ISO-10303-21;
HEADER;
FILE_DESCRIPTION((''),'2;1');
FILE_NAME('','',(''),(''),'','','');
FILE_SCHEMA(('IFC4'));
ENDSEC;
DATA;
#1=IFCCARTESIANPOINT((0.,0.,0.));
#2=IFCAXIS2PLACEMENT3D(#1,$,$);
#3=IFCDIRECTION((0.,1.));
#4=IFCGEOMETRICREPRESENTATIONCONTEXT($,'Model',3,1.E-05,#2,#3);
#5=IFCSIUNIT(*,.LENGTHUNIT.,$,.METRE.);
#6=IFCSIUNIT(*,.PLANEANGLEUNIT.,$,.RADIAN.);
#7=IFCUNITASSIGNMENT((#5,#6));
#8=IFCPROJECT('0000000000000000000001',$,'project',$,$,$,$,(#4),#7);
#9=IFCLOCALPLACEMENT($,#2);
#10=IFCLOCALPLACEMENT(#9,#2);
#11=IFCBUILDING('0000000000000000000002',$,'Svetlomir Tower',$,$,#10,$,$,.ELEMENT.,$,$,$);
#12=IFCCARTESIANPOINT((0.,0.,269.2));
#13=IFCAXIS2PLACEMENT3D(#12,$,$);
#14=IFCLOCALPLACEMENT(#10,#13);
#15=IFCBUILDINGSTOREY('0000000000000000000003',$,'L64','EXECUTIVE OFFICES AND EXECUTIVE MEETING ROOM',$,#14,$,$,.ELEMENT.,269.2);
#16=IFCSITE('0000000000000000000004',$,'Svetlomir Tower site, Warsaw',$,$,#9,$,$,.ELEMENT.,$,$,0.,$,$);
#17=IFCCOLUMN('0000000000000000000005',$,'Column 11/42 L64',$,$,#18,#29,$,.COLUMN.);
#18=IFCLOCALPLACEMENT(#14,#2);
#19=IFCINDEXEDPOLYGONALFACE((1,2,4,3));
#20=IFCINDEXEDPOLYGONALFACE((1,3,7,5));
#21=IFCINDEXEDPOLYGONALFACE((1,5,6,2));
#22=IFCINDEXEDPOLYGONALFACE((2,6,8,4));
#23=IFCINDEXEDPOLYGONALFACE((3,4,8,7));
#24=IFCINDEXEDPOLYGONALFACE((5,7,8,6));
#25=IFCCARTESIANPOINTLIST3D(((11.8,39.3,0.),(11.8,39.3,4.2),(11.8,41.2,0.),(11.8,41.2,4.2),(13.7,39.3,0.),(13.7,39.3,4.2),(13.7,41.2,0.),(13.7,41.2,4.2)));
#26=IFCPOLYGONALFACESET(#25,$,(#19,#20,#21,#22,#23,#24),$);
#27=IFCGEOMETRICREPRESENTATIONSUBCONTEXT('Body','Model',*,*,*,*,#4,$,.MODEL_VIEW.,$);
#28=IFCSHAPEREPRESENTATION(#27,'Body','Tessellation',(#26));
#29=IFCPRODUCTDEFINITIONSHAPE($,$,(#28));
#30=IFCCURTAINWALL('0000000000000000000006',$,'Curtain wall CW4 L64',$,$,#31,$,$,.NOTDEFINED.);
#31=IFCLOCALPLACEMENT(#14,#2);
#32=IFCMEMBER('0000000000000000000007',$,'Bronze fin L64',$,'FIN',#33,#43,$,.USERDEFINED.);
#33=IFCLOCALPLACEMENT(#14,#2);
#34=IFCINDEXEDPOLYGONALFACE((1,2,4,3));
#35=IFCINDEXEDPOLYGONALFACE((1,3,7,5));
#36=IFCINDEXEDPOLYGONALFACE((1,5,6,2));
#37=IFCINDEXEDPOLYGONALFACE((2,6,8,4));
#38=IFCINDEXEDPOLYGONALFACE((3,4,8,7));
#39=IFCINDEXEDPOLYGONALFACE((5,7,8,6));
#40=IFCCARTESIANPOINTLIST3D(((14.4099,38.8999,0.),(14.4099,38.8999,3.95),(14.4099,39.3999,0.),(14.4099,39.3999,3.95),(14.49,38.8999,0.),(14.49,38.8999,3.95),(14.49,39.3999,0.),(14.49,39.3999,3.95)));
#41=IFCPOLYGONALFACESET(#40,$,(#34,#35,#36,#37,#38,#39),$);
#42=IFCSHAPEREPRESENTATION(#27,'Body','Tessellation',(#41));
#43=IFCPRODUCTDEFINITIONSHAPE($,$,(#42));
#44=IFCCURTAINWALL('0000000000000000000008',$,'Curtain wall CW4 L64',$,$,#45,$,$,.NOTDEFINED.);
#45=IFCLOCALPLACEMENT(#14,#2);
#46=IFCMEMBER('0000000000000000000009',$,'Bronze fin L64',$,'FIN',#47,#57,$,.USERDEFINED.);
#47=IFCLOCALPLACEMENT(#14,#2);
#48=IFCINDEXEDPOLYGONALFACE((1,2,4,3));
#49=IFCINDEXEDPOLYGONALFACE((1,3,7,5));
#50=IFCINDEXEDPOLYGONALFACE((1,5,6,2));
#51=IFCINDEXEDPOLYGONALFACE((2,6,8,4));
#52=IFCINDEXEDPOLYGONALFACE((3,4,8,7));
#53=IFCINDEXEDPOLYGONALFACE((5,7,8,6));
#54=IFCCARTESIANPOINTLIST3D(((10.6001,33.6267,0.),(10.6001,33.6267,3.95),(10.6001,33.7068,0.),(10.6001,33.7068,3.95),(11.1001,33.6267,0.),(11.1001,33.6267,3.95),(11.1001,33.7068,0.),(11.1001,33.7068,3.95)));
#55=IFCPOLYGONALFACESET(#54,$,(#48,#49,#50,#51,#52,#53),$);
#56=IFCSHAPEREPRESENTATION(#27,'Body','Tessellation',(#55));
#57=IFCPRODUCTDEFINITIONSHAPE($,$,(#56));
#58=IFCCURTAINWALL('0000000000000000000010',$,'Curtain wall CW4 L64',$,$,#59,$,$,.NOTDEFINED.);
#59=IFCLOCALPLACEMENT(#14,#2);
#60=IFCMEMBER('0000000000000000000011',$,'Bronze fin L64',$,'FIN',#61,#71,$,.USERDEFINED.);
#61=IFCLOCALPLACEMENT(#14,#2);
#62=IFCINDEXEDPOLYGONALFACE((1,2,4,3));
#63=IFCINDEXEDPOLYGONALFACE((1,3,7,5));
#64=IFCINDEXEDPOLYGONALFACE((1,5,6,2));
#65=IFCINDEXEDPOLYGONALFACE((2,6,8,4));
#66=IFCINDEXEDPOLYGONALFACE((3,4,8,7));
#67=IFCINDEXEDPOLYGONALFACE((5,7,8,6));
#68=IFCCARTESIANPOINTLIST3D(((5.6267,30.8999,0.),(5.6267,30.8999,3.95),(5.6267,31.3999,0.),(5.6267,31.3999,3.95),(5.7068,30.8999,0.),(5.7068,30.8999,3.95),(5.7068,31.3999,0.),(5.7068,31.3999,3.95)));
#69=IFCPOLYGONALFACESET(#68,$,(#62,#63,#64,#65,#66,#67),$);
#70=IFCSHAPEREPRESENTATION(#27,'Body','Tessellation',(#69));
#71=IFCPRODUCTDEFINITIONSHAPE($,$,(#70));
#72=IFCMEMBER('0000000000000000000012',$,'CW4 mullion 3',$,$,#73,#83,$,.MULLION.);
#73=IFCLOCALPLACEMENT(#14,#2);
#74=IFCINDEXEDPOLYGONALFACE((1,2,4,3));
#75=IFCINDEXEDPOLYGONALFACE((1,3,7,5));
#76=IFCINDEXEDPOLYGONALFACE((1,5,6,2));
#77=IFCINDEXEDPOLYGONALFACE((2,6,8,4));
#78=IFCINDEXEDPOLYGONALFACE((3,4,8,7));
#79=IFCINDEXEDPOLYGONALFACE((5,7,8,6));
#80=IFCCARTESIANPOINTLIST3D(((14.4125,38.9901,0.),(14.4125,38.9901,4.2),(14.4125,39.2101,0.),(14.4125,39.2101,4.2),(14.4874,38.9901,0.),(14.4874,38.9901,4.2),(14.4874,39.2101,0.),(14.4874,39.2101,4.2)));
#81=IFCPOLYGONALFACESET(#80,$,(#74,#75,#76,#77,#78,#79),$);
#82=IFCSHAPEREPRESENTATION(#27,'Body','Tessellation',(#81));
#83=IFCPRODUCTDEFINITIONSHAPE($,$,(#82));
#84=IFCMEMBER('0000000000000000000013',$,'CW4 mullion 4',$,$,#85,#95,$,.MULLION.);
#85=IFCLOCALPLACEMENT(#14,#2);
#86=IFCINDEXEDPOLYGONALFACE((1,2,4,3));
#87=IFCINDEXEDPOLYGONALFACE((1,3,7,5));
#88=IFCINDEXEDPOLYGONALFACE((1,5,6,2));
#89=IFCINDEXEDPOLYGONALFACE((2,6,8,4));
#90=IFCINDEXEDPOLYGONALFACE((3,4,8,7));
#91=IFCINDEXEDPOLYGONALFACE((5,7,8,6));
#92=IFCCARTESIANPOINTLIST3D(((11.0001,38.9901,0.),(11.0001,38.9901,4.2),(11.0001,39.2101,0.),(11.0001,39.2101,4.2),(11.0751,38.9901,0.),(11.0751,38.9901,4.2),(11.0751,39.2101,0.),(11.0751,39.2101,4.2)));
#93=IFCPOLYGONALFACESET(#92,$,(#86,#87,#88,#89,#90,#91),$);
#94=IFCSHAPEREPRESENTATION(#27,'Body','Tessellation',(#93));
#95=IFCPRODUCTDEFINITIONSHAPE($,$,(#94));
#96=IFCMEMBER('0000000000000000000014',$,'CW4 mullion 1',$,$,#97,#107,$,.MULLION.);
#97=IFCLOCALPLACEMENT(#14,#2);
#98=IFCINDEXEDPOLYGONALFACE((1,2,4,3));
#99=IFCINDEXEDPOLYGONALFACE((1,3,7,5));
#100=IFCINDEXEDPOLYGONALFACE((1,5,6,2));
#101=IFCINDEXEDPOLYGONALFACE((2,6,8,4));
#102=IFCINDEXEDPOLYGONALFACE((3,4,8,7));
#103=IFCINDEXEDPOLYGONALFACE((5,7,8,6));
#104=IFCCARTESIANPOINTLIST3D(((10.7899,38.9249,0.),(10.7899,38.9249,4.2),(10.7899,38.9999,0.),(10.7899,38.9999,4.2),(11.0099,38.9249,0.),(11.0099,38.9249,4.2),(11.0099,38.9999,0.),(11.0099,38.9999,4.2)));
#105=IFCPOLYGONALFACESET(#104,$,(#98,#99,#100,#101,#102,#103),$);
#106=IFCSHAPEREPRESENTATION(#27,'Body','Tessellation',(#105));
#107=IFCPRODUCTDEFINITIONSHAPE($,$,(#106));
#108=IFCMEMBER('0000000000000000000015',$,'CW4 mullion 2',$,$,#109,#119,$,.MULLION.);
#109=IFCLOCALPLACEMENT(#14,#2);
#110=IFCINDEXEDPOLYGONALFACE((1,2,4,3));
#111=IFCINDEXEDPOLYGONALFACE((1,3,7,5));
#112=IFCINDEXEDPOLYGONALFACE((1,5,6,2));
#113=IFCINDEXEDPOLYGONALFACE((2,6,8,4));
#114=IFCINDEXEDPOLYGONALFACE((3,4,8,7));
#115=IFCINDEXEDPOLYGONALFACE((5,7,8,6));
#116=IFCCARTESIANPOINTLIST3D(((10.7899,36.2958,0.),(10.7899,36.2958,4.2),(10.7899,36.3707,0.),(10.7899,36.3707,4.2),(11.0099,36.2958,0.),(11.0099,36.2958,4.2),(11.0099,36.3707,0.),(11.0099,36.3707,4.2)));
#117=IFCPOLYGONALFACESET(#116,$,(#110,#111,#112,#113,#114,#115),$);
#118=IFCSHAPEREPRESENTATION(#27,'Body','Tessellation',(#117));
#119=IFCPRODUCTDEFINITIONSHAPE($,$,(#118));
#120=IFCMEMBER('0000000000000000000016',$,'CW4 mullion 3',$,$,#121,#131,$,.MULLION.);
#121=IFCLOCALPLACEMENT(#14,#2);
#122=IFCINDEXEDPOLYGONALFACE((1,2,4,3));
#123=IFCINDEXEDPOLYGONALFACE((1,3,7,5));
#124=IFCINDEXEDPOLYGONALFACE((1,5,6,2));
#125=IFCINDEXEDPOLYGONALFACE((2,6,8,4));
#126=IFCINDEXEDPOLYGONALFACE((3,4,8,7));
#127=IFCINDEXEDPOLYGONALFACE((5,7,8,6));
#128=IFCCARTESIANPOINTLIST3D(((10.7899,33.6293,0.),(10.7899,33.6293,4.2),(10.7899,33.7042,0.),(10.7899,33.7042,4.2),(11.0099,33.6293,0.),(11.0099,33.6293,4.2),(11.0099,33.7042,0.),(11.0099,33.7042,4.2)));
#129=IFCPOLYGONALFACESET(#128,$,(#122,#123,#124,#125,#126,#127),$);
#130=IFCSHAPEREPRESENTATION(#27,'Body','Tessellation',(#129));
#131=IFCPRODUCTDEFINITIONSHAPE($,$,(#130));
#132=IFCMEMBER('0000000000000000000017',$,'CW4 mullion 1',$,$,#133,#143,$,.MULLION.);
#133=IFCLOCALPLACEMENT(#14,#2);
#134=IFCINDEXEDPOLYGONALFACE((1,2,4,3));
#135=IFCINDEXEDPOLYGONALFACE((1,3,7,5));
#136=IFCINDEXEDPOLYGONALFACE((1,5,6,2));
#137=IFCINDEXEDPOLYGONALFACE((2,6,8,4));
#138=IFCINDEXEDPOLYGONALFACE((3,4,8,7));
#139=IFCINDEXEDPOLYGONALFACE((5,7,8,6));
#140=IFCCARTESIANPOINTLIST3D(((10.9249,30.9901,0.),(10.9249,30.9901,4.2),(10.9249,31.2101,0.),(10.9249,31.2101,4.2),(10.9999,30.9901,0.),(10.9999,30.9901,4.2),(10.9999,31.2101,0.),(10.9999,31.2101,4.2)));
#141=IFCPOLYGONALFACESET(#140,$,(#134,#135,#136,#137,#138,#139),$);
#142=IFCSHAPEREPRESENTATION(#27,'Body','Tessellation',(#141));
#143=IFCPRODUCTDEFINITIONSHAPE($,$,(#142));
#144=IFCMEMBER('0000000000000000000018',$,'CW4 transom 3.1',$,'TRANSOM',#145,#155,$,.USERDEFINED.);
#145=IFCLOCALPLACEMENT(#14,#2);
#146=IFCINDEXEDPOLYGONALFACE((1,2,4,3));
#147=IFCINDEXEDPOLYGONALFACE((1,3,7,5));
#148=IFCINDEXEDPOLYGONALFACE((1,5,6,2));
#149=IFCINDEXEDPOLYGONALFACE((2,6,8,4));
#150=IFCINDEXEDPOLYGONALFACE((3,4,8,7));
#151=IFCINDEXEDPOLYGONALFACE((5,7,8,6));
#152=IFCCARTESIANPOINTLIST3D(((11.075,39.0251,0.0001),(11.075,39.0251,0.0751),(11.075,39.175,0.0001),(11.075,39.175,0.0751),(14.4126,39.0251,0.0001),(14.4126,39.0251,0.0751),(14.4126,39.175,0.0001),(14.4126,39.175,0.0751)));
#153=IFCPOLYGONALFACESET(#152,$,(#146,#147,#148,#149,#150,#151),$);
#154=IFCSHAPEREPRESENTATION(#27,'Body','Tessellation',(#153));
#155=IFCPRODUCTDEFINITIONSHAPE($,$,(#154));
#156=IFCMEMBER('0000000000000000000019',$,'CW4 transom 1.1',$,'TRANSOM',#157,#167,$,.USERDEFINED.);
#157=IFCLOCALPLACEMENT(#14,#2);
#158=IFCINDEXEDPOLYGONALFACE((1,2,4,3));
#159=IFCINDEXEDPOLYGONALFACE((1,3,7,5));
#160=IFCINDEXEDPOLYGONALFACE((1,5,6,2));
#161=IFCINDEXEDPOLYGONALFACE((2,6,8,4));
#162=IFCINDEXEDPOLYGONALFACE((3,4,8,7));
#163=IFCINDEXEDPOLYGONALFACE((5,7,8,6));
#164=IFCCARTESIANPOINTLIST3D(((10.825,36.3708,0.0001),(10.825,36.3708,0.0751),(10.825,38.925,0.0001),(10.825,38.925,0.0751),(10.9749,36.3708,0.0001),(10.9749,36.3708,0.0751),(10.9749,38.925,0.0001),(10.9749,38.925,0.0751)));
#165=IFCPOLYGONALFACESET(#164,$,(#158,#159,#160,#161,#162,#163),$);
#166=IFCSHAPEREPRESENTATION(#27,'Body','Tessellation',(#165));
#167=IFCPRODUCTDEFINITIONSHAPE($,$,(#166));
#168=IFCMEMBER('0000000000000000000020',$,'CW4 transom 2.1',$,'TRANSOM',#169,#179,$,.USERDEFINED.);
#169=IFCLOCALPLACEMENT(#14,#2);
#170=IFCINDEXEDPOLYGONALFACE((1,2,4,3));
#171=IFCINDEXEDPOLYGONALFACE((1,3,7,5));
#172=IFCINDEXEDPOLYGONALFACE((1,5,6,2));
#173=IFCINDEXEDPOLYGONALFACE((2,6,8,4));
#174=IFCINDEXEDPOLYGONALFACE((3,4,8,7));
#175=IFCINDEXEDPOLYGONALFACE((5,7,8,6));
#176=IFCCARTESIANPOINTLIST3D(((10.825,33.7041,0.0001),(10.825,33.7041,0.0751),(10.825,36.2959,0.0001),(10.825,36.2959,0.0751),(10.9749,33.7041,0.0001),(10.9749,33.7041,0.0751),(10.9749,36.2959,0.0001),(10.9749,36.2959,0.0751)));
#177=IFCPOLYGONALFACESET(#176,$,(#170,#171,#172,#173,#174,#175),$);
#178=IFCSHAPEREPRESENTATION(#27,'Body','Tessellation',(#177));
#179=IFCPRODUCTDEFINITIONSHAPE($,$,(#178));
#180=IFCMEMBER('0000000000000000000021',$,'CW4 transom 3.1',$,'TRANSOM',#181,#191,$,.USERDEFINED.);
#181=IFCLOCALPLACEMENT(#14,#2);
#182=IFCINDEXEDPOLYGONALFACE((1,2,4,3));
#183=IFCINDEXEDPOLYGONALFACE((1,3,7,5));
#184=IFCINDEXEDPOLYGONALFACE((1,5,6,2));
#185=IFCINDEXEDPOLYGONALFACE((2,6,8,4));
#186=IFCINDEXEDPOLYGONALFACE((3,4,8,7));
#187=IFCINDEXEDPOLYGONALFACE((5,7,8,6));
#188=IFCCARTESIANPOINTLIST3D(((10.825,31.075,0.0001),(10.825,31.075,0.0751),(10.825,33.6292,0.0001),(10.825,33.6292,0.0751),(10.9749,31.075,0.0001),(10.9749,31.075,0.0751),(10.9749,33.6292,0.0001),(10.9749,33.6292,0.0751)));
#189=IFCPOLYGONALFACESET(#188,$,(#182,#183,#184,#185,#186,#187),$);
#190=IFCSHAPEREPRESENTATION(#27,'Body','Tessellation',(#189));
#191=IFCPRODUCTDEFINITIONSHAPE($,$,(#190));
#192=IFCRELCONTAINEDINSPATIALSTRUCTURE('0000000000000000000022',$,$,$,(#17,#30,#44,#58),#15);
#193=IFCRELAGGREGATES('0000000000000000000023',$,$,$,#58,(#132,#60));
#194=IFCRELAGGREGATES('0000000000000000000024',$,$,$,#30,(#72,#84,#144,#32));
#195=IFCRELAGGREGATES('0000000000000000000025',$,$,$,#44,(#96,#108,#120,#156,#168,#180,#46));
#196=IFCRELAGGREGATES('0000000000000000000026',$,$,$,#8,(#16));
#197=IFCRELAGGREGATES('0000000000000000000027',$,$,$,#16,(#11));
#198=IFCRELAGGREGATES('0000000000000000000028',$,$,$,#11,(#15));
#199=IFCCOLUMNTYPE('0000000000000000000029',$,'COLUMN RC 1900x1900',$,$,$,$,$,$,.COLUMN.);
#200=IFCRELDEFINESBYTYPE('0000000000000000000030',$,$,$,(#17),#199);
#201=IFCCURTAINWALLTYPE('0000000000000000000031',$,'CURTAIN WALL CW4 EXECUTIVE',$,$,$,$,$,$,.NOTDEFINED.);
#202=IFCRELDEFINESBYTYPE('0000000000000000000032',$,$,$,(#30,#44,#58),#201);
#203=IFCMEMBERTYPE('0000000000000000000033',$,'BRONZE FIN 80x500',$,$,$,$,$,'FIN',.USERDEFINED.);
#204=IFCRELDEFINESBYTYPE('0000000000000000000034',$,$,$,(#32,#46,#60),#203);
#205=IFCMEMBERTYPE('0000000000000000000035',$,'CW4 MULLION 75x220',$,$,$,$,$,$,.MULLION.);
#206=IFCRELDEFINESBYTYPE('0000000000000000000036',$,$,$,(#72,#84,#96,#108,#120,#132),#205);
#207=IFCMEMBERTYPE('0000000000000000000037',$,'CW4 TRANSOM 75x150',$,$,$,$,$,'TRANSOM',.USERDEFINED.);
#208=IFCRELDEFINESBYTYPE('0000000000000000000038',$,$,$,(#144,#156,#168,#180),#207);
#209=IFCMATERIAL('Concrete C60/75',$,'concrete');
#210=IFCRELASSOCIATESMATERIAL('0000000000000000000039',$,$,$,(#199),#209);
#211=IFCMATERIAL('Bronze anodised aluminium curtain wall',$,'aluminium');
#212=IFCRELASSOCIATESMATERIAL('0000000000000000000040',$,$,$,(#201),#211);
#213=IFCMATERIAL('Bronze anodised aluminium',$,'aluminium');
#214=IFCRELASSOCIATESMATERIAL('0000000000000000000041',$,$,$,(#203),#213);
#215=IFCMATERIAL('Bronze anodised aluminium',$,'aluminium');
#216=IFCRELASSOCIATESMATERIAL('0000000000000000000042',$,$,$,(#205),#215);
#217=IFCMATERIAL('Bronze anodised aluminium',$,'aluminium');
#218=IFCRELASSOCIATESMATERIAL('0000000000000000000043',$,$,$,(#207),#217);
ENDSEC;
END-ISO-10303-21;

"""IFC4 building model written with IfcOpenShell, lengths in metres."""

from ifc_helpers import new_model, si_unit, direction, frame, origin, origin_2d, place, context, subcontext, project, spatial, rectangle, extrude, material, material_profile, profile_set, type_object, element, aggregate, save


model = new_model("IFC4")

# Units and contexts
model_context = context("Model", 3, precision=1e-05, world=origin(), true_north=direction((0.0, 1.0)))
body_context = subcontext(model_context, "Body", "Model", "MODEL_VIEW")
ifc_project = project(units=[si_unit("LENGTHUNIT", "METRE"), si_unit("PLANEANGLEUNIT", "RADIAN")], contexts=[model_context])

# Site, building, storey
site_placement = place(None, origin())
site = spatial("IfcSite", under=ifc_project, at=site_placement, Name="Svetlomir Tower site, Warsaw", CompositionType="ELEMENT", RefElevation=0.0)
building_placement = place(site_placement, origin())
building = spatial("IfcBuilding", under=site, at=building_placement, Name="Svetlomir Tower", CompositionType="ELEMENT")
storey_placement = place(building_placement, frame((0.0, 0.0, 269.2)))
storey = spatial("IfcBuildingStorey", under=building, at=storey_placement, Name="L64", Description="EXECUTIVE OFFICES AND EXECUTIVE MEETING ROOM", CompositionType="ELEMENT", Elevation=269.2)

# Column
ifc_material_1 = material(Name="Concrete C60/75", Category="concrete")
ifc_material_profile_1 = material_profile(ifc_material_1, rectangle(XDim=1.8999, YDim=1.8999, at=origin_2d()), Name="RC 1900x1900")
ifc_profile_set_1 = profile_set([ifc_material_profile_1], Name="Concrete C60/75")
column_type = type_object("IfcColumnType", Name="COLUMN RC 1900x1900", PredefinedType="COLUMN", material=ifc_profile_set_1)
column_placement = place(storey_placement, frame((12.75, 40.25, 0.0), z_axis=(0.0, 0.0, 1.0), x_axis=(1.0, 0.0, 0.0)))
element("IfcColumn", 1, at=column_placement, inside=storey, type_object=column_type, Name="Column 11/42 L64", PredefinedType="COLUMN", context=body_context, shape_type="SweptSolid", body=[
    extrude(rectangle(XDim=1.8999, YDim=1.8999, at=origin_2d()), origin(), (0.0, 0.0, 1.0), 4.2),
])

# Curtain walls, members
ifc_material_2 = material(Name="Bronze anodised aluminium curtain wall", Category="aluminium")
curtain_wall_type = type_object("IfcCurtainWallType", Name="CURTAIN WALL CW4 EXECUTIVE", PredefinedType="NOTDEFINED", material=ifc_material_2)
curtain_wall_1_placement = place(storey_placement, origin())
curtain_wall_1 = element("IfcCurtainWall", 2, at=curtain_wall_1_placement, inside=storey, type_object=curtain_wall_type, Name="Curtain wall CW4 L64", PredefinedType="NOTDEFINED")
ifc_material_3 = material(Name="Bronze anodised aluminium", Category="aluminium")
ifc_material_profile_2 = material_profile(ifc_material_3, rectangle(XDim=0.0801, YDim=0.5, at=origin_2d()), Name="FIN 80x500")
ifc_profile_set_2 = profile_set([ifc_material_profile_2], Name="Bronze anodised aluminium 6063-T6")
member_type_1 = type_object("IfcMemberType", Name="BRONZE FIN 80x500", ElementType="FIN", PredefinedType="USERDEFINED", material=ifc_profile_set_2)
member_1_placement = place(storey_placement, frame((14.45, 39.1499, 0.0), z_axis=(0.0, 0.0, 1.0), x_axis=(1.0, 0.0, 0.0)))
member_1 = element("IfcMember", 3, at=member_1_placement, type_object=member_type_1, Name="Bronze fin L64", ObjectType="FIN", PredefinedType="USERDEFINED", context=body_context, shape_type="SweptSolid", body=[
    extrude(rectangle(XDim=0.0801, YDim=0.5, at=origin_2d()), origin(), (0.0, 0.0, 1.0), 3.95),
])
curtain_wall_2_placement = place(storey_placement, origin())
curtain_wall_2 = element("IfcCurtainWall", 4, at=curtain_wall_2_placement, inside=storey, type_object=curtain_wall_type, Name="Curtain wall CW4 L64", PredefinedType="NOTDEFINED")
member_2_placement = place(storey_placement, frame((10.8501, 33.6667, 0.0), z_axis=(0.0, 0.0, 1.0), x_axis=(0.0, 1.0, 0.0)))
member_2 = element("IfcMember", 5, at=member_2_placement, type_object=member_type_1, Name="Bronze fin L64", ObjectType="FIN", PredefinedType="USERDEFINED", context=body_context, shape_type="SweptSolid", body=[
    extrude(rectangle(XDim=0.0801, YDim=0.5, at=origin_2d()), origin(), (0.0, 0.0, 1.0), 3.95),
])
curtain_wall_3_placement = place(storey_placement, origin())
curtain_wall_3 = element("IfcCurtainWall", 6, at=curtain_wall_3_placement, inside=storey, type_object=curtain_wall_type, Name="Curtain wall CW4 L64", PredefinedType="NOTDEFINED")
member_3_placement = place(storey_placement, frame((5.6667, 31.1499, 0.0), z_axis=(0.0, 0.0, 1.0), x_axis=(1.0, 0.0, 0.0)))
member_3 = element("IfcMember", 7, at=member_3_placement, type_object=member_type_1, Name="Bronze fin L64", ObjectType="FIN", PredefinedType="USERDEFINED", context=body_context, shape_type="SweptSolid", body=[
    extrude(rectangle(XDim=0.0801, YDim=0.5, at=origin_2d()), origin(), (0.0, 0.0, 1.0), 3.95),
])

# Members
ifc_material_4 = material(Name="Bronze anodised aluminium", Category="aluminium")
ifc_material_profile_3 = material_profile(ifc_material_4, rectangle(XDim=0.075, YDim=0.22, at=origin_2d()), Name="AL 75x220")
ifc_profile_set_3 = profile_set([ifc_material_profile_3], Name="Bronze anodised aluminium 6063-T6")
member_type_2 = type_object("IfcMemberType", Name="CW4 MULLION 75x220", PredefinedType="MULLION", material=ifc_profile_set_3)
member_4_placement = place(storey_placement, frame((14.45, 39.1001, 0.0), z_axis=(0.0, 0.0, 1.0), x_axis=(-1.0, 0.0, 0.0)))
member_4 = element("IfcMember", 8, at=member_4_placement, type_object=member_type_2, Name="CW4 mullion 3", PredefinedType="MULLION", context=body_context, shape_type="SweptSolid", body=[
    extrude(rectangle(XDim=0.075, YDim=0.22, at=origin_2d()), origin(), (0.0, 0.0, 1.0), 4.2),
])
member_5_placement = place(storey_placement, frame((11.0376, 39.1001, 0.0), z_axis=(0.0, 0.0, 1.0), x_axis=(-1.0, 0.0, 0.0)))
member_5 = element("IfcMember", 9, at=member_5_placement, type_object=member_type_2, Name="CW4 mullion 4", PredefinedType="MULLION", context=body_context, shape_type="SweptSolid", body=[
    extrude(rectangle(XDim=0.075, YDim=0.22, at=origin_2d()), origin(), (0.0, 0.0, 1.0), 4.2),
])
member_6_placement = place(storey_placement, frame((10.8999, 38.9624, 0.0), z_axis=(0.0, 0.0, 1.0), x_axis=(0.0, -1.0, 0.0)))
member_6 = element("IfcMember", 10, at=member_6_placement, type_object=member_type_2, Name="CW4 mullion 1", PredefinedType="MULLION", context=body_context, shape_type="SweptSolid", body=[
    extrude(rectangle(XDim=0.075, YDim=0.22, at=origin_2d()), origin(), (0.0, 0.0, 1.0), 4.2),
])
member_7_placement = place(storey_placement, frame((10.8999, 36.3333, 0.0), z_axis=(0.0, 0.0, 1.0), x_axis=(0.0, -1.0, 0.0)))
member_7 = element("IfcMember", 11, at=member_7_placement, type_object=member_type_2, Name="CW4 mullion 2", PredefinedType="MULLION", context=body_context, shape_type="SweptSolid", body=[
    extrude(rectangle(XDim=0.075, YDim=0.22, at=origin_2d()), origin(), (0.0, 0.0, 1.0), 4.2),
])
member_8_placement = place(storey_placement, frame((10.8999, 33.6667, 0.0), z_axis=(0.0, 0.0, 1.0), x_axis=(0.0, -1.0, 0.0)))
member_8 = element("IfcMember", 12, at=member_8_placement, type_object=member_type_2, Name="CW4 mullion 3", PredefinedType="MULLION", context=body_context, shape_type="SweptSolid", body=[
    extrude(rectangle(XDim=0.075, YDim=0.22, at=origin_2d()), origin(), (0.0, 0.0, 1.0), 4.2),
])
member_9_placement = place(storey_placement, frame((10.9624, 31.1001, 0.0), z_axis=(0.0, 0.0, 1.0), x_axis=(-1.0, 0.0, 0.0)))
member_9 = element("IfcMember", 13, at=member_9_placement, type_object=member_type_2, Name="CW4 mullion 1", PredefinedType="MULLION", context=body_context, shape_type="SweptSolid", body=[
    extrude(rectangle(XDim=0.075, YDim=0.22, at=origin_2d()), origin(), (0.0, 0.0, 1.0), 4.2),
])
ifc_material_5 = material(Name="Bronze anodised aluminium", Category="aluminium")
ifc_material_profile_4 = material_profile(ifc_material_5, rectangle(XDim=0.1499, YDim=0.075, at=origin_2d()), Name="AL 150x75")
ifc_profile_set_4 = profile_set([ifc_material_profile_4], Name="Bronze anodised aluminium 6063-T6")
member_type_3 = type_object("IfcMemberType", Name="CW4 TRANSOM 75x150", ElementType="TRANSOM", PredefinedType="USERDEFINED", material=ifc_profile_set_4)
member_10_placement = place(storey_placement, frame((14.4126, 39.1001, 0.0376), z_axis=(-1.0, 0.0, 0.0), x_axis=(0.0, -1.0, 0.0)))
member_10 = element("IfcMember", 14, at=member_10_placement, type_object=member_type_3, Name="CW4 transom 3.1", ObjectType="TRANSOM", PredefinedType="USERDEFINED", context=body_context, shape_type="SweptSolid", body=[
    extrude(rectangle(XDim=0.1499, YDim=0.075, at=origin_2d()), origin(), (0.0, 0.0, 1.0), 3.3376),
])
member_11_placement = place(storey_placement, frame((10.8999, 38.925, 0.0376), z_axis=(0.0, -1.0, 0.0), x_axis=(1.0, 0.0, 0.0)))
member_11 = element("IfcMember", 15, at=member_11_placement, type_object=member_type_3, Name="CW4 transom 1.1", ObjectType="TRANSOM", PredefinedType="USERDEFINED", context=body_context, shape_type="SweptSolid", body=[
    extrude(rectangle(XDim=0.1499, YDim=0.075, at=origin_2d()), origin(), (0.0, 0.0, 1.0), 2.5542),
])
member_12_placement = place(storey_placement, frame((10.8999, 36.2959, 0.0376), z_axis=(0.0, -1.0, 0.0), x_axis=(1.0, 0.0, 0.0)))
member_12 = element("IfcMember", 16, at=member_12_placement, type_object=member_type_3, Name="CW4 transom 2.1", ObjectType="TRANSOM", PredefinedType="USERDEFINED", context=body_context, shape_type="SweptSolid", body=[
    extrude(rectangle(XDim=0.1499, YDim=0.075, at=origin_2d()), origin(), (0.0, 0.0, 1.0), 2.5918),
])
member_13_placement = place(storey_placement, frame((10.8999, 33.6292, 0.0376), z_axis=(0.0, -1.0, 0.0), x_axis=(1.0, 0.0, 0.0)))
member_13 = element("IfcMember", 17, at=member_13_placement, type_object=member_type_3, Name="CW4 transom 3.1", ObjectType="TRANSOM", PredefinedType="USERDEFINED", context=body_context, shape_type="SweptSolid", body=[
    extrude(rectangle(XDim=0.1499, YDim=0.075, at=origin_2d()), origin(), (0.0, 0.0, 1.0), 2.5542),
])
aggregate(curtain_wall_3, [member_9, member_3])

aggregate(curtain_wall_1, [member_4, member_5, member_10, member_1])
aggregate(curtain_wall_2, [member_6, member_7, member_8, member_11, member_12, member_13, member_2])

save(model, "model.ifc")
